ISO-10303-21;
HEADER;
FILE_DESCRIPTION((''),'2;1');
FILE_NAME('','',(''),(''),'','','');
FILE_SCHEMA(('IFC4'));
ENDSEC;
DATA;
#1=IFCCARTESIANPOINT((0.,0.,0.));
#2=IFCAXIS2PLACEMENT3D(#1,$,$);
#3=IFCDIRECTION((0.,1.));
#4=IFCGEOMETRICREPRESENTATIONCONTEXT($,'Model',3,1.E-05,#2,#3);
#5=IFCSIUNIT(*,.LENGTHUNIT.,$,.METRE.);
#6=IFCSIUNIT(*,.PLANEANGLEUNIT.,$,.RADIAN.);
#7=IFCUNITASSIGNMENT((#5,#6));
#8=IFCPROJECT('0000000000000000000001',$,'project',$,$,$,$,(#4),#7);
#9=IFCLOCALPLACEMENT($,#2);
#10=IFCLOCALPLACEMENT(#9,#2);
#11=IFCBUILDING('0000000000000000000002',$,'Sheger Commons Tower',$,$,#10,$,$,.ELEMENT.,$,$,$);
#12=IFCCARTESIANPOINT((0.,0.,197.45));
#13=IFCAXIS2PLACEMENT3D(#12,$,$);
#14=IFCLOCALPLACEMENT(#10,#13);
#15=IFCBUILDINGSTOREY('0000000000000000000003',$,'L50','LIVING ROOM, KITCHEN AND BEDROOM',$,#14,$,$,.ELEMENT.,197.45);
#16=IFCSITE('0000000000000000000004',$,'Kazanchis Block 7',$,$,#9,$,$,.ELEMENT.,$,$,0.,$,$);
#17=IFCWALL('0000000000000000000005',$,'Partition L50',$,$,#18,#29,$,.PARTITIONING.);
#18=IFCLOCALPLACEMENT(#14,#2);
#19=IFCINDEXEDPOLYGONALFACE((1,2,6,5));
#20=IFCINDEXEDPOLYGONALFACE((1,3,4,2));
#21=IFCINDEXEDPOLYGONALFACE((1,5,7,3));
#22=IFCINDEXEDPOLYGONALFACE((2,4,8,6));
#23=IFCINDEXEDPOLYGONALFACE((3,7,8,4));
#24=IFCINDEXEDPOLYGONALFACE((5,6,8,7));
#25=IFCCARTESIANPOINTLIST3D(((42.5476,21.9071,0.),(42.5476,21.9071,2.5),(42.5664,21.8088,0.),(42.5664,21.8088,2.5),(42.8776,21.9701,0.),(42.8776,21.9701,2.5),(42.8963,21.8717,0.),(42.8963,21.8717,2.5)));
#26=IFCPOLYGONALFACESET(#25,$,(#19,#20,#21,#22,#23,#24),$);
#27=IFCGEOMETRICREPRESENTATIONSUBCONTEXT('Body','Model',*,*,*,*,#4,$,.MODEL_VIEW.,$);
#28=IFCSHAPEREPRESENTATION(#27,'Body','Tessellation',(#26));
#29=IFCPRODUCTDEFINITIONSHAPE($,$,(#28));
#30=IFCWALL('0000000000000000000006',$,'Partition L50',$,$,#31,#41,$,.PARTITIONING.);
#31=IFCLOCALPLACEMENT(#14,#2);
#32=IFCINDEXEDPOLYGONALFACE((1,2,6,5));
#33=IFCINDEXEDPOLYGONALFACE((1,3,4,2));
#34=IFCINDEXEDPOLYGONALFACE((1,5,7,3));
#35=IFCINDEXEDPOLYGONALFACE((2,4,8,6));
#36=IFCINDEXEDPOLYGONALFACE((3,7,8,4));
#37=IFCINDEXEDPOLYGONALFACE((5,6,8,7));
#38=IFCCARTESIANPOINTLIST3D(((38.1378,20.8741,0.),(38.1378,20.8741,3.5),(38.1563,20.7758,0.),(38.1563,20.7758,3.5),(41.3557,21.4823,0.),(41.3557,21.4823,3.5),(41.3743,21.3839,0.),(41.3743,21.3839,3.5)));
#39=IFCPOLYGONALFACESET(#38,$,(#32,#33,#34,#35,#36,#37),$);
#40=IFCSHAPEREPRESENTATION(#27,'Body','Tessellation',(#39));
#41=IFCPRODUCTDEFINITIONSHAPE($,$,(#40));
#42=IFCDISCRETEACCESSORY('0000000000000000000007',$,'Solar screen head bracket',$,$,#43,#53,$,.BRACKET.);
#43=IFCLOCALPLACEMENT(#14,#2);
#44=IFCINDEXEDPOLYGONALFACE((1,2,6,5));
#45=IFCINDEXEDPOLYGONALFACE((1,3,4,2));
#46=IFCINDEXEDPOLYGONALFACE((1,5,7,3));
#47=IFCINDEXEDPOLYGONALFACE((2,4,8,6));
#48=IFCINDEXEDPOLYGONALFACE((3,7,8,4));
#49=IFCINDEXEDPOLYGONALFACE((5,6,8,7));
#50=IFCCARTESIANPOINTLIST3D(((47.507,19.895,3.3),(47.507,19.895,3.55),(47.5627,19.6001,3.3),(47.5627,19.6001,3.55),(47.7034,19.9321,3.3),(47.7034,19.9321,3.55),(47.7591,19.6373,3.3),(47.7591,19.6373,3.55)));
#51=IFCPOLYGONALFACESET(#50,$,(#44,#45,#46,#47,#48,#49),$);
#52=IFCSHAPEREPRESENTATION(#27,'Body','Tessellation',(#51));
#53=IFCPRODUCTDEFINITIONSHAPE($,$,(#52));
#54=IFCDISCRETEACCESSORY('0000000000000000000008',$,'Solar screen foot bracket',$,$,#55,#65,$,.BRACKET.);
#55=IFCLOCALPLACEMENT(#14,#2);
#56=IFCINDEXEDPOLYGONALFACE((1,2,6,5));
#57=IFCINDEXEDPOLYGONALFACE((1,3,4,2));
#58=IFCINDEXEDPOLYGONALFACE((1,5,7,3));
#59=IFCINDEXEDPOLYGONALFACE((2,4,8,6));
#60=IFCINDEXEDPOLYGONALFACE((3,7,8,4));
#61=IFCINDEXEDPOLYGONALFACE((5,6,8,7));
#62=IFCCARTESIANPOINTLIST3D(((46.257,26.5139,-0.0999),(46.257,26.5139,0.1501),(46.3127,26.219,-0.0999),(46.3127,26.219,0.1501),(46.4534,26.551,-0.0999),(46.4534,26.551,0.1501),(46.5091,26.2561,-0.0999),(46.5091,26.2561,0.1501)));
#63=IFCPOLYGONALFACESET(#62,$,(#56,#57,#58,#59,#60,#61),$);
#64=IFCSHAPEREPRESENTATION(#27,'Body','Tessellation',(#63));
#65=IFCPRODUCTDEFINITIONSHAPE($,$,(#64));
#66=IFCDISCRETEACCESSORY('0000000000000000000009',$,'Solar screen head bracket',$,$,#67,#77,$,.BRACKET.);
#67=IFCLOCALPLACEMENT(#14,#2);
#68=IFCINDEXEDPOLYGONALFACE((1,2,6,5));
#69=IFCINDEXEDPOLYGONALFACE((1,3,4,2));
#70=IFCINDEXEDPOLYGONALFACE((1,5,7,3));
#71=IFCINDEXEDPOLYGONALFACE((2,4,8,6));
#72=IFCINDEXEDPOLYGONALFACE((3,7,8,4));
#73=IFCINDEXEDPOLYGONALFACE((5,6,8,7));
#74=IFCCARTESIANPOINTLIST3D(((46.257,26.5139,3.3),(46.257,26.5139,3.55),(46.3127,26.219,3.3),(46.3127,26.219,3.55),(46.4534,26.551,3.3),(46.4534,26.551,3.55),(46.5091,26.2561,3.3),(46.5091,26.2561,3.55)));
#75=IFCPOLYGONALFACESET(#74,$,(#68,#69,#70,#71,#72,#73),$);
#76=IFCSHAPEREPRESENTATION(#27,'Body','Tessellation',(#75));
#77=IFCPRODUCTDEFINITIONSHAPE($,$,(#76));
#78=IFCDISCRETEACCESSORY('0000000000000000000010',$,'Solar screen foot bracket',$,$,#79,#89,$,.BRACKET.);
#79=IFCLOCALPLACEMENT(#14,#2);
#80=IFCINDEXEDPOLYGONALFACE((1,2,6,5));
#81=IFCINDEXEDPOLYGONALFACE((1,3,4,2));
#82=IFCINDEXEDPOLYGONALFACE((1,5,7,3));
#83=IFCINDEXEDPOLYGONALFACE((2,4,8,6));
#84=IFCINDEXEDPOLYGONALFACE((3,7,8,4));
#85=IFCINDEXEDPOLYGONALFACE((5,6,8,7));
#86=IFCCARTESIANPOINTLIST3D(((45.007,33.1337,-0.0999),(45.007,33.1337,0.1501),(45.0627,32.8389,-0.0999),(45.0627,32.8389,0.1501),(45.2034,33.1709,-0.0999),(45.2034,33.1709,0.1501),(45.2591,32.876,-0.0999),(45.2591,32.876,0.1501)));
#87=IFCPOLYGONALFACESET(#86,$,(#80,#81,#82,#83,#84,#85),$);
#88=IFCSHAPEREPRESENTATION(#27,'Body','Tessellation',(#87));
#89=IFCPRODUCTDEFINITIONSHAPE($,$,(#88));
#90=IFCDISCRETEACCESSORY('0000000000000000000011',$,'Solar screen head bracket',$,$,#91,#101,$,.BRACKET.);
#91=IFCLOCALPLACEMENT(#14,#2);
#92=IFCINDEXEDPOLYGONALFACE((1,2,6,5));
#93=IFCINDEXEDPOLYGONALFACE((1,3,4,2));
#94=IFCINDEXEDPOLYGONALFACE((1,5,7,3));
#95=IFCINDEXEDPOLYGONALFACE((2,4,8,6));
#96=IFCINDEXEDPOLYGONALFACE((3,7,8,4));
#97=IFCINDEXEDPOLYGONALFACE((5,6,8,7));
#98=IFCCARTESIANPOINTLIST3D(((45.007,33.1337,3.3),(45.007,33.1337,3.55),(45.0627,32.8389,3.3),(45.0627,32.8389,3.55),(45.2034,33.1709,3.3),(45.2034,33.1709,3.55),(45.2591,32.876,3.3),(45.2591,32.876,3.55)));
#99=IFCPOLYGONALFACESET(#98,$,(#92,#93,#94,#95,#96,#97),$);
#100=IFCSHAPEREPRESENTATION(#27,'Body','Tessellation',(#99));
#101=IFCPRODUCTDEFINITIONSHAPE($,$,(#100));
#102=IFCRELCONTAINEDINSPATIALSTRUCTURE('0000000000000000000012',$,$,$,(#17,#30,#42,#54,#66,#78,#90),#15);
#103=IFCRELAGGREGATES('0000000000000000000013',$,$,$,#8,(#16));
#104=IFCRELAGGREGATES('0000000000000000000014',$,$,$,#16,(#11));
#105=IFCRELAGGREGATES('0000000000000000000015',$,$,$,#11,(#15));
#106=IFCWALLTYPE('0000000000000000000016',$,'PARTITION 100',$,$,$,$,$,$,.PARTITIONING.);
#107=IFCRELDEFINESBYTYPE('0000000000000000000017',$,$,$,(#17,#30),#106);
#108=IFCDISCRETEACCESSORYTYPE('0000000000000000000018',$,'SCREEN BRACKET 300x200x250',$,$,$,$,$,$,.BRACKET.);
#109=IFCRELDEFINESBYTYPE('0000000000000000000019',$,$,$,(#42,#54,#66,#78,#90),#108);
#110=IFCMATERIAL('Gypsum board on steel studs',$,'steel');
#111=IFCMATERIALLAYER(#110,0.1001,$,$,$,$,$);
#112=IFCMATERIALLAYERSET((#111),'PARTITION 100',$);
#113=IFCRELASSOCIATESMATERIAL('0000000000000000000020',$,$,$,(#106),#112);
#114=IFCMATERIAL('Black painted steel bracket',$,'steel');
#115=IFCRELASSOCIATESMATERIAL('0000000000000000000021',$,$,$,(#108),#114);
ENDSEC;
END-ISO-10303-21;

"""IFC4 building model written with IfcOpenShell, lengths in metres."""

from ifc_helpers import new_model, si_unit, direction, frame, frame_2d, origin, origin_2d, place, context, subcontext, project, spatial, rectangle, extrude, material, layer, layer_set, type_object, element, save


model = new_model("IFC4")

# Units and contexts
model_context = context("Model", 3, precision=1e-05, world=origin(), true_north=direction((0.0, 1.0)))
body_context = subcontext(model_context, "Body", "Model", "MODEL_VIEW")
ifc_project = project(units=[si_unit("LENGTHUNIT", "METRE"), si_unit("PLANEANGLEUNIT", "RADIAN")], contexts=[model_context])

# Site, building, storey
site_placement = place(None, origin())
site = spatial("IfcSite", under=ifc_project, at=site_placement, Name="Kazanchis Block 7", CompositionType="ELEMENT", RefElevation=0.0)
building_placement = place(site_placement, origin())
building = spatial("IfcBuilding", under=site, at=building_placement, Name="Sheger Commons Tower", CompositionType="ELEMENT")
storey_placement = place(building_placement, frame((0.0, 0.0, 197.45)))
storey = spatial("IfcBuildingStorey", under=building, at=storey_placement, Name="L50", Description="LIVING ROOM, KITCHEN AND BEDROOM", CompositionType="ELEMENT", Elevation=197.45)

# Shared definitions
ifc_material_1 = material(Name="Gypsum board on steel studs", Category="steel")
ifc_layer_1 = layer(ifc_material_1, 0.1001)
ifc_layer_set_1 = layer_set([ifc_layer_1], Name="PARTITION 100")
wall_type_1 = type_object("IfcWallType", Name="PARTITION 100", PredefinedType="PARTITIONING", material=ifc_layer_set_1)

# Walls
wall_1_placement = place(storey_placement, frame((42.887, 21.9209, 0.0), z_axis=(0.0, 0.0, 1.0), x_axis=(-0.982275, -0.187446, 0.0)))
element("IfcWall", 1, at=wall_1_placement, inside=storey, type_object=wall_type_1, Name="Partition L50", PredefinedType="PARTITIONING", context=body_context, shape_type="SweptSolid", body=[
    extrude(rectangle(XDim=0.3359, YDim=0.1001, at=frame_2d((0.168, 0.0))), origin(), (0.0, 0.0, 1.0), 2.5),
])
wall_2_placement = place(storey_placement, frame((41.365, 21.4331, 0.0), z_axis=(0.0, 0.0, 1.0), x_axis=(-0.982607, -0.185697, 0.0)))
element("IfcWall", 2, at=wall_2_placement, inside=storey, type_object=wall_type_1, Name="Partition L50", PredefinedType="PARTITIONING", context=body_context, shape_type="SweptSolid", body=[
    extrude(rectangle(XDim=3.2749, YDim=0.1001, at=frame_2d((1.6375, 0.0))), origin(), (0.0, 0.0, 1.0), 3.5),
])

# Discrete accessories
ifc_material_2 = material(Name="Black painted steel bracket", Category="steel")
discrete_accessory_type = type_object("IfcDiscreteAccessoryType", Name="SCREEN BRACKET 300x200x250", PredefinedType="BRACKET", material=ifc_material_2)
for number, where, z_axis, x_axis, name in (
    (3, (47.6331, 19.7661, 3.3), (0.0, 0.0, 1.0), (-0.185615, 0.982623, 0.0), "Solar screen head bracket"),
    (4, (46.3831, 26.385, -0.0999), (0.0, 0.0, 1.0), (-0.185615, 0.982623, 0.0), "Solar screen foot bracket"),
    (5, (46.3831, 26.385, 3.3), (0.0, 0.0, 1.0), (-0.185615, 0.982623, 0.0), "Solar screen head bracket"),
    (6, (45.1331, 33.0049, -0.0999), (0.0, 0.0, 1.0), (-0.185615, 0.982623, 0.0), "Solar screen foot bracket"),
    (7, (45.1331, 33.0049, 3.3), (0.0, 0.0, 1.0), (-0.185615, 0.982623, 0.0), "Solar screen head bracket"),
):
    element("IfcDiscreteAccessory", number, at=place(storey_placement, frame(where, z_axis=z_axis, x_axis=x_axis)), inside=storey, type_object=discrete_accessory_type, Name=name, PredefinedType="BRACKET", context=body_context, shape_type="SweptSolid", body=[
        extrude(rectangle(XDim=0.3, YDim=0.2, at=origin_2d()), origin(), (0.0, 0.0, 1.0), 0.25),
    ])

save(model, "model.ifc")
